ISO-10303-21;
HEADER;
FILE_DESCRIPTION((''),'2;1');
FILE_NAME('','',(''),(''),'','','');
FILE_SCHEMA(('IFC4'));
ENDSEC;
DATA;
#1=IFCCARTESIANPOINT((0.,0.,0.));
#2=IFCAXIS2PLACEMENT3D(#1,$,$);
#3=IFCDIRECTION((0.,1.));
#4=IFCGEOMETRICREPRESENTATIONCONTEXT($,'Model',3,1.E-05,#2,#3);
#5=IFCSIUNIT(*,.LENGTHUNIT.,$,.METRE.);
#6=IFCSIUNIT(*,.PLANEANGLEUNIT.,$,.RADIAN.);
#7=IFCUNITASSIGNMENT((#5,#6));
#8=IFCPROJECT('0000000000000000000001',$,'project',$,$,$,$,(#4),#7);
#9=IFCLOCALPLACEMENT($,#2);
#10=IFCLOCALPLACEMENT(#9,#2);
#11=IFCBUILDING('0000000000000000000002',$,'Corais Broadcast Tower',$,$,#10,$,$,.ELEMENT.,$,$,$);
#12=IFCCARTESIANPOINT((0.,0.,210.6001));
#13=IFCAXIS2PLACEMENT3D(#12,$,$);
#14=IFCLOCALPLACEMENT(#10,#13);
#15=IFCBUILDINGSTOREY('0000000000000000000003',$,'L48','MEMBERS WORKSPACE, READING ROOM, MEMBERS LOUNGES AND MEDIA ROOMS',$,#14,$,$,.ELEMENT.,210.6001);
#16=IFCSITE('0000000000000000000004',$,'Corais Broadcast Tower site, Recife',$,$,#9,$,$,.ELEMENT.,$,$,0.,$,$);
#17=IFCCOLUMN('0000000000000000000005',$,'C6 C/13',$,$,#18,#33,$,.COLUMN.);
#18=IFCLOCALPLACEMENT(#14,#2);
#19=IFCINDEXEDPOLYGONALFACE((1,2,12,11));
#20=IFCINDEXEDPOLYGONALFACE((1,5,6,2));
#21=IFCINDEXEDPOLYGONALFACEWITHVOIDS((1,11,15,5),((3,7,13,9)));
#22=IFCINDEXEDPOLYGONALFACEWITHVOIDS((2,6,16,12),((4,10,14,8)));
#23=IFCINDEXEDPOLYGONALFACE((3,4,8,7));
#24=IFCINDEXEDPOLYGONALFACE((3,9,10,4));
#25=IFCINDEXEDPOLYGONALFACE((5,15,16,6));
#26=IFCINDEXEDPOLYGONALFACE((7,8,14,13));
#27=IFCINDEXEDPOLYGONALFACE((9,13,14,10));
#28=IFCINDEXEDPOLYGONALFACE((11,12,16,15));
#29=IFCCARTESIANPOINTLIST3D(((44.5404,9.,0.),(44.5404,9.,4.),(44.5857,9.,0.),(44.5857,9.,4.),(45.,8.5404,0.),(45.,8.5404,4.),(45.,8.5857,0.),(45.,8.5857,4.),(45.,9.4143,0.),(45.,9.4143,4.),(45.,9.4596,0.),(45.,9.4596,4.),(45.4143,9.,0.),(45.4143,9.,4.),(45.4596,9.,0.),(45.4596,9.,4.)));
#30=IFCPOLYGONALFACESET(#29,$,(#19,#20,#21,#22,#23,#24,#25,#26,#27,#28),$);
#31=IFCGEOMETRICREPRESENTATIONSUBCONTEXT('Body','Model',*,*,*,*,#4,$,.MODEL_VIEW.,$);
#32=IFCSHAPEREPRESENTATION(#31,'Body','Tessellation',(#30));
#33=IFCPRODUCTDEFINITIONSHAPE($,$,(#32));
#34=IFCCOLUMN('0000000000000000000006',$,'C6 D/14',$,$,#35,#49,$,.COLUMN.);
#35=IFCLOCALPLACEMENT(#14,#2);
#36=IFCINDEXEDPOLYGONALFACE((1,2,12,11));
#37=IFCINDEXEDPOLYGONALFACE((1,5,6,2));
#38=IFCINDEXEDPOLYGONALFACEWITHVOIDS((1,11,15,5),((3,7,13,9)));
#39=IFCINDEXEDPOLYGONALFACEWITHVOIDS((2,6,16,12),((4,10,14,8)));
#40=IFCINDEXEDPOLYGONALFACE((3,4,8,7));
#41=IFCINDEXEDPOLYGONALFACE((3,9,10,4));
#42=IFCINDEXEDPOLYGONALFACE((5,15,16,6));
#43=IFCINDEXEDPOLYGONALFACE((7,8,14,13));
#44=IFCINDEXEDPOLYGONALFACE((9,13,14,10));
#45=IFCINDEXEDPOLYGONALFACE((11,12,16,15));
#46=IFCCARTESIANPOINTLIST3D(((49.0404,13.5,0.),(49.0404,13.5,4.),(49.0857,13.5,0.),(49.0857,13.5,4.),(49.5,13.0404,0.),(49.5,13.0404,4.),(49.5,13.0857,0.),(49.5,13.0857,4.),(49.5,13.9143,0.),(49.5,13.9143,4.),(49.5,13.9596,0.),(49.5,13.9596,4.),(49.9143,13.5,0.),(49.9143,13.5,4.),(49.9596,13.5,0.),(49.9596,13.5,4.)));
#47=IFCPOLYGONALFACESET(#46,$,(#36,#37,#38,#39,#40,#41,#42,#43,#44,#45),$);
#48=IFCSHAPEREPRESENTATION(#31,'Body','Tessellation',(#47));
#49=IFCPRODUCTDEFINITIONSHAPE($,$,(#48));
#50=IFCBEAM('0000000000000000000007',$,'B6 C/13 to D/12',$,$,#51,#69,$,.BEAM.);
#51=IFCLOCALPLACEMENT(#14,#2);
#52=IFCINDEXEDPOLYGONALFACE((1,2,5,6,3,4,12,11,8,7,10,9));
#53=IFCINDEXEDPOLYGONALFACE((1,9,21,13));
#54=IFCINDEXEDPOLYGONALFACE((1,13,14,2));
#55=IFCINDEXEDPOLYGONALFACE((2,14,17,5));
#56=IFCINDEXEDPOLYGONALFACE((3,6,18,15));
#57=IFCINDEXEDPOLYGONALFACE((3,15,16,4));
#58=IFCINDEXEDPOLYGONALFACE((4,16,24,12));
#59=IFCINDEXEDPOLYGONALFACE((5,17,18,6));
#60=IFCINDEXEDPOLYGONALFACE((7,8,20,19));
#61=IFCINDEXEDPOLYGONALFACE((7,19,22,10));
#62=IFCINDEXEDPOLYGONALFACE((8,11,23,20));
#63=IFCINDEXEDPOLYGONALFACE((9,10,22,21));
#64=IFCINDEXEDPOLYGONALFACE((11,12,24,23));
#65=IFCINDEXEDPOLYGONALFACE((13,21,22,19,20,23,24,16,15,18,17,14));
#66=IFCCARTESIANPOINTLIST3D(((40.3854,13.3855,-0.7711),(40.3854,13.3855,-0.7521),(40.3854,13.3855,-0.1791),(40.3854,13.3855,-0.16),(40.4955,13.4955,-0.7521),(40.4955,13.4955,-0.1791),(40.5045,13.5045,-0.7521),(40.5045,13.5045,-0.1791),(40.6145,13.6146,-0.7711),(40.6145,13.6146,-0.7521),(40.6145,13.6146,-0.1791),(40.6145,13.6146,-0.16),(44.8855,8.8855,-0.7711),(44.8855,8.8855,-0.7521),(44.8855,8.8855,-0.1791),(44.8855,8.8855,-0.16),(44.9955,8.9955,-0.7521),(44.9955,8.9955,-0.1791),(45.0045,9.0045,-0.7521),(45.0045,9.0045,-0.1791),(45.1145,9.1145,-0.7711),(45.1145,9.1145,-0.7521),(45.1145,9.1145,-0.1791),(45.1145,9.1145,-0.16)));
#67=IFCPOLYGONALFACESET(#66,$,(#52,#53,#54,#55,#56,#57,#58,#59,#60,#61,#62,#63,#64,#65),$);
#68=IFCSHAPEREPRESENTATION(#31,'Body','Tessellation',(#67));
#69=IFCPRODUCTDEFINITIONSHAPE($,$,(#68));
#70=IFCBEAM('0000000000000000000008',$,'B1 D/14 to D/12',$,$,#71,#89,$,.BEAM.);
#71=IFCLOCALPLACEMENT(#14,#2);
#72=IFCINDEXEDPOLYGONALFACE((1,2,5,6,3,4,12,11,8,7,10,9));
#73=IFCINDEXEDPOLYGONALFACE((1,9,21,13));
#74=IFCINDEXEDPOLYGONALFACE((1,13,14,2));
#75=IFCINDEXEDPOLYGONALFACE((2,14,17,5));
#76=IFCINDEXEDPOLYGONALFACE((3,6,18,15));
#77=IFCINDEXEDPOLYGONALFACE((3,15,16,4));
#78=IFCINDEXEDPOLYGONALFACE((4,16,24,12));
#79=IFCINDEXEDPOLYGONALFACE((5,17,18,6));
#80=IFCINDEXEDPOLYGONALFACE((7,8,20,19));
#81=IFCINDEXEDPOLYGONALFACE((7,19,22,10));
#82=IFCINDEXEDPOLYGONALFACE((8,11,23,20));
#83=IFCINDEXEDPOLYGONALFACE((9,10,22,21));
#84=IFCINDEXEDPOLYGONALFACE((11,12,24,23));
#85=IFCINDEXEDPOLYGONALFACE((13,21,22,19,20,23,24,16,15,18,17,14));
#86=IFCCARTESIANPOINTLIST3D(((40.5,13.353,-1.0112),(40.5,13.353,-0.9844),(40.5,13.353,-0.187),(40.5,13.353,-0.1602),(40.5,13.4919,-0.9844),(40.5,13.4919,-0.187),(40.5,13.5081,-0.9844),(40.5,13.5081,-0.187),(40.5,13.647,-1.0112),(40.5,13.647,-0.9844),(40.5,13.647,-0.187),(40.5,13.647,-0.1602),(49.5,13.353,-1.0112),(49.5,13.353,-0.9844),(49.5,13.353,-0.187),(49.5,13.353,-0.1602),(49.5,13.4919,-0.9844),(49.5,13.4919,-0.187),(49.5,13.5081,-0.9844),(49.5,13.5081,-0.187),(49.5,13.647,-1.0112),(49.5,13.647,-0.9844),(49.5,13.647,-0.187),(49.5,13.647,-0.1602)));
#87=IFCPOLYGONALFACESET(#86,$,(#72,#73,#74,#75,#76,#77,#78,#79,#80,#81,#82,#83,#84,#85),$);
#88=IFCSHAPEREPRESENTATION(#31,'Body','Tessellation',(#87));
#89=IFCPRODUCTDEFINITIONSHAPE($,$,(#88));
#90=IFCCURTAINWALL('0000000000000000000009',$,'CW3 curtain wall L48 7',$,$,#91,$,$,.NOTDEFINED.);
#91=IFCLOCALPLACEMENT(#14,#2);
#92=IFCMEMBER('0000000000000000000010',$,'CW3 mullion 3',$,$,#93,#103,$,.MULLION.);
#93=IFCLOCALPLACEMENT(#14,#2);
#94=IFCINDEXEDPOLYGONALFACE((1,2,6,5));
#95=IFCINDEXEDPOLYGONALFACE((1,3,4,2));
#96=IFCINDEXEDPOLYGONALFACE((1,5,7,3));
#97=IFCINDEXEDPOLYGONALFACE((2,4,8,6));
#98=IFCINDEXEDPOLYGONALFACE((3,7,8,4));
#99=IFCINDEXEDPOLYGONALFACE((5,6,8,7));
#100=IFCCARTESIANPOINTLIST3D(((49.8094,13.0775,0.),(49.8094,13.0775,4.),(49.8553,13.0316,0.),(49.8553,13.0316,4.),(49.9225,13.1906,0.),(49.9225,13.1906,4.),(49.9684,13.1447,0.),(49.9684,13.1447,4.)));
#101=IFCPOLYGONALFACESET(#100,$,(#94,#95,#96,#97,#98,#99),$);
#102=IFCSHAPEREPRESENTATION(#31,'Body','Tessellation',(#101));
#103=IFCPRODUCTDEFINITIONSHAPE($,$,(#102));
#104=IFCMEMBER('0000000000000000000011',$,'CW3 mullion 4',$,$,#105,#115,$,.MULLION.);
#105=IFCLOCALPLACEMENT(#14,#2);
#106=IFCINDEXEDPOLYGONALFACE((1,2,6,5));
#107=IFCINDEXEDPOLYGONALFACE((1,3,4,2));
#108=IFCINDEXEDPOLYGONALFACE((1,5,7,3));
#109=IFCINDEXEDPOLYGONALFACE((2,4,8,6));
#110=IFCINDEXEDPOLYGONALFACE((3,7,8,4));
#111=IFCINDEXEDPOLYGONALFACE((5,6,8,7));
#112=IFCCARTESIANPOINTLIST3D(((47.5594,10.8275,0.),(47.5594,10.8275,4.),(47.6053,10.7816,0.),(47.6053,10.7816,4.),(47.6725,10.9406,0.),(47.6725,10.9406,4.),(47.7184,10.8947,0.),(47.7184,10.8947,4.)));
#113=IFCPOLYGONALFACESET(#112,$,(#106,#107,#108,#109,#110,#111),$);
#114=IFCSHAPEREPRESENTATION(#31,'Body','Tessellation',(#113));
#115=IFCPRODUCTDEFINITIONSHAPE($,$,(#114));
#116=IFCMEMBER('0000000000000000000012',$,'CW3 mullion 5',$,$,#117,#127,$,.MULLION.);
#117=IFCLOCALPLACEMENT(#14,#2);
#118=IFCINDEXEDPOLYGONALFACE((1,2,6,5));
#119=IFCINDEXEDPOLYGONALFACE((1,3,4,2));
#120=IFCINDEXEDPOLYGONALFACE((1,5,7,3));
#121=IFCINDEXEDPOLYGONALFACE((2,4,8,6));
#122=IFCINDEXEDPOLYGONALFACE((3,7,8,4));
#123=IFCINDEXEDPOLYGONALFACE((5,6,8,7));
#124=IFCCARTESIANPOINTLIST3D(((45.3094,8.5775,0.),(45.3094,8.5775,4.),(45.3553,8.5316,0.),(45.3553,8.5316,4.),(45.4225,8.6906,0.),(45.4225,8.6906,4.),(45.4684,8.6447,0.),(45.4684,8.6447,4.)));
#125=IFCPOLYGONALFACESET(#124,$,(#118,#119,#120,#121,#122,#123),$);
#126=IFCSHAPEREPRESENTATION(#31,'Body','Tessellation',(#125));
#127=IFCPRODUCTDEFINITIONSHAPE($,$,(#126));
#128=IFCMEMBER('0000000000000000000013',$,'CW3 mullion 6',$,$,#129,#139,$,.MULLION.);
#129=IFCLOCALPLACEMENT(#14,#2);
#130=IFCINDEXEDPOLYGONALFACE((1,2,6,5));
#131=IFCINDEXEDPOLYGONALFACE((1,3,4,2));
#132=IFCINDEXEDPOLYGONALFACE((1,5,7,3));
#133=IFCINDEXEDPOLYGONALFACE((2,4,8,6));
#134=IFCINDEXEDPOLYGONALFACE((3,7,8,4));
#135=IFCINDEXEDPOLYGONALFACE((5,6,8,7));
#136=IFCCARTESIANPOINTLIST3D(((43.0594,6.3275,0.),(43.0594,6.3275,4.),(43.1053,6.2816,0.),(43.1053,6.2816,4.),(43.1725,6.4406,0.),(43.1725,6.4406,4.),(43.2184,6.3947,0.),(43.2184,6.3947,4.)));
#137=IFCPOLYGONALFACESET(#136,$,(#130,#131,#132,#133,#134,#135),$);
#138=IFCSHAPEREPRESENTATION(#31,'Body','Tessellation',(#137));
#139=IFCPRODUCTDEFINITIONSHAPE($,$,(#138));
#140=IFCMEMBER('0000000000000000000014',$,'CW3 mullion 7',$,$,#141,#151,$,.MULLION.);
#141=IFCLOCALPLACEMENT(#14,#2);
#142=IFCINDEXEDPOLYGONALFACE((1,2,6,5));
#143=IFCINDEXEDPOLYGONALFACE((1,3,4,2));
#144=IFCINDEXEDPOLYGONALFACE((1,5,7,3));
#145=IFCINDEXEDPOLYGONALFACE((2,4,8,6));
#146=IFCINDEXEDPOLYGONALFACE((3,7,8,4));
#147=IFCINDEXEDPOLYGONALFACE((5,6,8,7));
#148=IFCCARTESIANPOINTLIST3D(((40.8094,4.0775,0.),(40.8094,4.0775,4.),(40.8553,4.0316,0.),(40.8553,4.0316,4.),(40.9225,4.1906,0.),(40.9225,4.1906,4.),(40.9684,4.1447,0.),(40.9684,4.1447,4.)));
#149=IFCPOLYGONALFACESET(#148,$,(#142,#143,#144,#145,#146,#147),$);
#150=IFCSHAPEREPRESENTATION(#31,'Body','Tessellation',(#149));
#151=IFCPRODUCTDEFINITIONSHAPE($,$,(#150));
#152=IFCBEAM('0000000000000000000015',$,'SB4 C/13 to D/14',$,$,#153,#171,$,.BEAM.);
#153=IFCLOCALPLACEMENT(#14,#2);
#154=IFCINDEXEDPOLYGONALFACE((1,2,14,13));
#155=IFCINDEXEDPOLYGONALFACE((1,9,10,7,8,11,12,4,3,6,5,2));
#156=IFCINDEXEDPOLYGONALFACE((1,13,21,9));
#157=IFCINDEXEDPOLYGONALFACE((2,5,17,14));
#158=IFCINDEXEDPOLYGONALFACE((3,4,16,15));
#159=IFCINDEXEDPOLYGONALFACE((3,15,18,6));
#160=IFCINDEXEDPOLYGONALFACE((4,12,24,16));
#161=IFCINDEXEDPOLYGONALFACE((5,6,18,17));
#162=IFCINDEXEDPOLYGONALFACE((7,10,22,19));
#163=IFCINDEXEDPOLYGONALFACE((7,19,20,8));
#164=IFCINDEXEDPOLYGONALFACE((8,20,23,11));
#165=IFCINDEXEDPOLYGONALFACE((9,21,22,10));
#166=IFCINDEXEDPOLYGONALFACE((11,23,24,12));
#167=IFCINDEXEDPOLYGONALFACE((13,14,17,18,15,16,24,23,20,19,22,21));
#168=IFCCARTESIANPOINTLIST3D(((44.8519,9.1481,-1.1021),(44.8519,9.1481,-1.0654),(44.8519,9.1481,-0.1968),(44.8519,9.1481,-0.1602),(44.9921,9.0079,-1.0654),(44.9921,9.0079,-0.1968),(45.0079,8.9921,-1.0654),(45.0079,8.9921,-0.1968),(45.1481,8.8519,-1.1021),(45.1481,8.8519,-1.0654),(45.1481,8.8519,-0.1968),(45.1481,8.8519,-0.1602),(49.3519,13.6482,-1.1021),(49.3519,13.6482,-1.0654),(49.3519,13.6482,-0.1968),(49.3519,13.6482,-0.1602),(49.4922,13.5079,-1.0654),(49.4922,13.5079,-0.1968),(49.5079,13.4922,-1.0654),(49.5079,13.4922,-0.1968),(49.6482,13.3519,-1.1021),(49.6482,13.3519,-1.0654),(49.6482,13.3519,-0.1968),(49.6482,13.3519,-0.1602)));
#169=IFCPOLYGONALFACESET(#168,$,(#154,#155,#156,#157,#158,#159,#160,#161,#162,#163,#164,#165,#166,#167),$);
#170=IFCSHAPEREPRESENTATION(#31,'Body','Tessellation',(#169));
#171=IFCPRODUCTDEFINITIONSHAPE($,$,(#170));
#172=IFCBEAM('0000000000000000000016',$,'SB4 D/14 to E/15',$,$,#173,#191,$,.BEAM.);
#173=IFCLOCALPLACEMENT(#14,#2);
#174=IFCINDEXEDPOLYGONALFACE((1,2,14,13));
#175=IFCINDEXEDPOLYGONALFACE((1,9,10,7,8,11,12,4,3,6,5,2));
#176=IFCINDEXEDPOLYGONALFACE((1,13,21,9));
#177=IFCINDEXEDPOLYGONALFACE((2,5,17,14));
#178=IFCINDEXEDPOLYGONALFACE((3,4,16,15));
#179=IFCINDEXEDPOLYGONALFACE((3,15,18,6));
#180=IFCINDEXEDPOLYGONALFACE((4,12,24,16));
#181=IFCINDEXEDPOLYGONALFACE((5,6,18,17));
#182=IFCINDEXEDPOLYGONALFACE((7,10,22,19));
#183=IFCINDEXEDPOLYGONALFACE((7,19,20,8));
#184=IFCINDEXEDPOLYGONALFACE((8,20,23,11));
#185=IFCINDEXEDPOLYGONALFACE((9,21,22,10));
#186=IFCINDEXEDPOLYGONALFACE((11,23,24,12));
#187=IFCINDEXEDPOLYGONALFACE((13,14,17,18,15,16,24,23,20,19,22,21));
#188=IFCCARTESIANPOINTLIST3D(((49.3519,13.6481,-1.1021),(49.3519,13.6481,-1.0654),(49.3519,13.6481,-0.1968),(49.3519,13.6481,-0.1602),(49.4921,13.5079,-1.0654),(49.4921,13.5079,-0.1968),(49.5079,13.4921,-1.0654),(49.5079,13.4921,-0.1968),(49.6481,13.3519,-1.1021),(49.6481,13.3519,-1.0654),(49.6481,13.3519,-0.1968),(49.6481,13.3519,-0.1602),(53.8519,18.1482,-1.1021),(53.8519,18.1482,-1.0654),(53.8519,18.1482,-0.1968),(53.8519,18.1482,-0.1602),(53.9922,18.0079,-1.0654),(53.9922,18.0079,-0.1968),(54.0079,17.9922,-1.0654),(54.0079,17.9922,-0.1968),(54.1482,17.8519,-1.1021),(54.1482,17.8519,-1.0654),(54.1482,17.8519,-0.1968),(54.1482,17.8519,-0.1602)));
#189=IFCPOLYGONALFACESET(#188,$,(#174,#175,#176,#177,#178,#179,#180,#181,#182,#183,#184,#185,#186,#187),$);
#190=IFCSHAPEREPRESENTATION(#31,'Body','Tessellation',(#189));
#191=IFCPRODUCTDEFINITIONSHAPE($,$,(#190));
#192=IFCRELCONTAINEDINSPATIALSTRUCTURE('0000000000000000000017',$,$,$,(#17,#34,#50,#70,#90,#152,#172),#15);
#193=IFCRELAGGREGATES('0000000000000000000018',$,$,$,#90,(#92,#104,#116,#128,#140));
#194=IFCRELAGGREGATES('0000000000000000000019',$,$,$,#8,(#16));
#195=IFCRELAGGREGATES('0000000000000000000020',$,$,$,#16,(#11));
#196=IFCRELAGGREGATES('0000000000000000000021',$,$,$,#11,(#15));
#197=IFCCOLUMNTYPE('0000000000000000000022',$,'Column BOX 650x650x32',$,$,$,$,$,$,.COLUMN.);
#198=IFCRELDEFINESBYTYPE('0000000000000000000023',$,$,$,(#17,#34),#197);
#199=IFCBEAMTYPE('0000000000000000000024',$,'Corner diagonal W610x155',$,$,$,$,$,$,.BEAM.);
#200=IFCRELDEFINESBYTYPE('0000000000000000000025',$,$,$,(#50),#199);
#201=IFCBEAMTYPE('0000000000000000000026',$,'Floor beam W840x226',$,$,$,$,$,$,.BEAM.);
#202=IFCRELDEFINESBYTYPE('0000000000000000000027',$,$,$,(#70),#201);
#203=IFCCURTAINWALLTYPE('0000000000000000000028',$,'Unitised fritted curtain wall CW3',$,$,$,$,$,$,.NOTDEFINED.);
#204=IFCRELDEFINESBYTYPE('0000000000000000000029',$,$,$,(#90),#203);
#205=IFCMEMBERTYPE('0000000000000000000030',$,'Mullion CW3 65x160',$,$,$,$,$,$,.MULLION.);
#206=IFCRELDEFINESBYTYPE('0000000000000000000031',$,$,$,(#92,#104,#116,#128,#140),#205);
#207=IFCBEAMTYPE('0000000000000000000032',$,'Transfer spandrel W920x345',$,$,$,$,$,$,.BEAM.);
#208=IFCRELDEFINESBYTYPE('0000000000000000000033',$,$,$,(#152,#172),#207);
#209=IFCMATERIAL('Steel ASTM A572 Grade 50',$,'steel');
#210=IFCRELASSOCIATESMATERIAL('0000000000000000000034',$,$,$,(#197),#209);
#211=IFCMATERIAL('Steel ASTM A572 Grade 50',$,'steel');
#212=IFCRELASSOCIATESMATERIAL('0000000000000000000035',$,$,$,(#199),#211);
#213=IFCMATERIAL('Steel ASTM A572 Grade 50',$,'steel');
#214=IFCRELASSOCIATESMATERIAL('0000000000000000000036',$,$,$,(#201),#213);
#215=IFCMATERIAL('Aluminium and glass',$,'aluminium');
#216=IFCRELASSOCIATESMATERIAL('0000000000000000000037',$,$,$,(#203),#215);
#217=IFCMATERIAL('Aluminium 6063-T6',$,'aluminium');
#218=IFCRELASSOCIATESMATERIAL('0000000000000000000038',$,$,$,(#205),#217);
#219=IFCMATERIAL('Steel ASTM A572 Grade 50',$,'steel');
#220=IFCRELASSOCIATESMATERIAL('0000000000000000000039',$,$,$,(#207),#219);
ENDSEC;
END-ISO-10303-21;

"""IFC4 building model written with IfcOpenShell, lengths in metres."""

from ifc_helpers import new_model, si_unit, direction, frame, origin, origin_2d, place, context, subcontext, project, spatial, rectangle, hollow_rectangle, i_section, extrude, material, material_profile, profile_set, type_object, element, aggregate, save


model = new_model("IFC4")

# Units and contexts
model_context = context("Model", 3, precision=1e-05, world=origin(), true_north=direction((0.0, 1.0)))
body_context = subcontext(model_context, "Body", "Model", "MODEL_VIEW")
ifc_project = project(units=[si_unit("LENGTHUNIT", "METRE"), si_unit("PLANEANGLEUNIT", "RADIAN")], contexts=[model_context])

# Site, building, storey
site_placement = place(None, origin())
site = spatial("IfcSite", under=ifc_project, at=site_placement, Name="Corais Broadcast Tower site, Recife", CompositionType="ELEMENT", RefElevation=0.0)
building_placement = place(site_placement, origin())
building = spatial("IfcBuilding", under=site, at=building_placement, Name="Corais Broadcast Tower", CompositionType="ELEMENT")
storey_placement = place(building_placement, frame((0.0, 0.0, 210.6001)))
storey = spatial("IfcBuildingStorey", under=building, at=storey_placement, Name="L48", Description="MEMBERS WORKSPACE, READING ROOM, MEMBERS LOUNGES AND MEDIA ROOMS", CompositionType="ELEMENT", Elevation=210.6001)

# Columns
ifc_material_1 = material(Name="Steel ASTM A572 Grade 50", Category="steel")
ifc_material_profile_1 = material_profile(ifc_material_1, hollow_rectangle(XDim=0.6499, YDim=0.6499, WallThickness=0.032, at=origin_2d()), Name="BOX 650x650x32")
ifc_profile_set_1 = profile_set([ifc_material_profile_1], Name="Steel ASTM A572 Grade 50")
column_type = type_object("IfcColumnType", Name="Column BOX 650x650x32", PredefinedType="COLUMN", material=ifc_profile_set_1)
for number, where, z_axis, x_axis, name in (
    (1, (45.0, 9.0, 0.0), (0.0, 0.0, 1.0), (0.707107, 0.707107, 0.0), "C6 C/13"),
    (2, (49.5, 13.5, 0.0), (0.0, 0.0, 1.0), (0.707107, 0.707107, 0.0), "C6 D/14"),
):
    element("IfcColumn", number, at=place(storey_placement, frame(where, z_axis=z_axis, x_axis=x_axis)), inside=storey, type_object=column_type, Name=name, PredefinedType="COLUMN", context=body_context, shape_type="SweptSolid", body=[
        extrude(hollow_rectangle(XDim=0.6499, YDim=0.6499, WallThickness=0.032, at=origin_2d()), origin(), (0.0, 0.0, 1.0), 4.0),
    ])

# Beams
ifc_material_2 = material(Name="Steel ASTM A572 Grade 50", Category="steel")
ifc_material_profile_2 = material_profile(ifc_material_2, i_section(OverallWidth=0.324, OverallDepth=0.6111, WebThickness=0.0127, FlangeThickness=0.019, at=origin_2d()), Name="W610x155")
ifc_profile_set_2 = profile_set([ifc_material_profile_2], Name="Steel ASTM A572 Grade 50")
beam_type_1 = type_object("IfcBeamType", Name="Corner diagonal W610x155", PredefinedType="BEAM", material=ifc_profile_set_2)
beam_1_placement = place(storey_placement, frame((45.0, 9.0, -0.4656), z_axis=(-0.707107, 0.707107, 0.0), x_axis=(-0.707107, -0.707107, 0.0)))
element("IfcBeam", 3, at=beam_1_placement, inside=storey, type_object=beam_type_1, Name="B6 C/13 to D/12", PredefinedType="BEAM", context=body_context, shape_type="SweptSolid", body=[
    extrude(i_section(OverallWidth=0.324, OverallDepth=0.6111, WebThickness=0.0127, FlangeThickness=0.019, at=origin_2d()), origin(), (0.0, 0.0, 1.0), 6.364),
])
ifc_material_3 = material(Name="Steel ASTM A572 Grade 50", Category="steel")
ifc_material_profile_3 = material_profile(ifc_material_3, i_section(OverallWidth=0.2939, OverallDepth=0.8511, WebThickness=0.0161, FlangeThickness=0.0269, at=origin_2d()), Name="W840x226")
ifc_profile_set_3 = profile_set([ifc_material_profile_3], Name="Steel ASTM A572 Grade 50")
beam_type_2 = type_object("IfcBeamType", Name="Floor beam W840x226", PredefinedType="BEAM", material=ifc_profile_set_3)
beam_2_placement = place(storey_placement, frame((49.5, 13.5, -0.5857), z_axis=(-1.0, 0.0, 0.0), x_axis=(0.0, -1.0, 0.0)))
element("IfcBeam", 4, at=beam_2_placement, inside=storey, type_object=beam_type_2, Name="B1 D/14 to D/12", PredefinedType="BEAM", context=body_context, shape_type="SweptSolid", body=[
    extrude(i_section(OverallWidth=0.2939, OverallDepth=0.8511, WebThickness=0.0161, FlangeThickness=0.0269, at=origin_2d()), origin(), (0.0, 0.0, 1.0), 9.0),
])

# Curtain wall, members
ifc_material_4 = material(Name="Aluminium and glass", Category="aluminium")
curtain_wall_type = type_object("IfcCurtainWallType", Name="Unitised fritted curtain wall CW3", PredefinedType="NOTDEFINED", material=ifc_material_4)
curtain_wall_placement = place(storey_placement, origin())
curtain_wall = element("IfcCurtainWall", 5, at=curtain_wall_placement, inside=storey, type_object=curtain_wall_type, Name="CW3 curtain wall L48 7", PredefinedType="NOTDEFINED")
ifc_material_5 = material(Name="Aluminium 6063-T6", Category="aluminium")
ifc_material_profile_4 = material_profile(ifc_material_5, rectangle(XDim=0.0649, YDim=0.1599, at=origin_2d()), Name="Mullion CW3 65x160")
ifc_profile_set_4 = profile_set([ifc_material_profile_4], Name="Aluminium 6063-T6")
member_type_1 = type_object("IfcMemberType", Name="Mullion CW3 65x160", PredefinedType="MULLION", material=ifc_profile_set_4)
member_1_placement = place(storey_placement, frame((49.8889, 13.1111, 0.0), z_axis=(0.0, 0.0, 1.0), x_axis=(0.707107, -0.707107, 0.0)))
member_1 = element("IfcMember", 6, at=member_1_placement, type_object=member_type_1, Name="CW3 mullion 3", PredefinedType="MULLION", context=body_context, shape_type="SweptSolid", body=[
    extrude(rectangle(XDim=0.0649, YDim=0.1599, at=origin_2d()), origin(), (0.0, 0.0, 1.0), 4.0),
])
member_2_placement = place(storey_placement, frame((47.6389, 10.8611, 0.0), z_axis=(0.0, 0.0, 1.0), x_axis=(0.707107, -0.707107, 0.0)))
member_2 = element("IfcMember", 7, at=member_2_placement, type_object=member_type_1, Name="CW3 mullion 4", PredefinedType="MULLION", context=body_context, shape_type="SweptSolid", body=[
    extrude(rectangle(XDim=0.0649, YDim=0.1599, at=origin_2d()), origin(), (0.0, 0.0, 1.0), 4.0),
])
member_3_placement = place(storey_placement, frame((45.3889, 8.6111, 0.0), z_axis=(0.0, 0.0, 1.0), x_axis=(0.707107, -0.707107, 0.0)))
member_3 = element("IfcMember", 8, at=member_3_placement, type_object=member_type_1, Name="CW3 mullion 5", PredefinedType="MULLION", context=body_context, shape_type="SweptSolid", body=[
    extrude(rectangle(XDim=0.0649, YDim=0.1599, at=origin_2d()), origin(), (0.0, 0.0, 1.0), 4.0),
])
member_4_placement = place(storey_placement, frame((43.1389, 6.3611, 0.0), z_axis=(0.0, 0.0, 1.0), x_axis=(0.707107, -0.707107, 0.0)))
member_4 = element("IfcMember", 9, at=member_4_placement, type_object=member_type_1, Name="CW3 mullion 6", PredefinedType="MULLION", context=body_context, shape_type="SweptSolid", body=[
    extrude(rectangle(XDim=0.0649, YDim=0.1599, at=origin_2d()), origin(), (0.0, 0.0, 1.0), 4.0),
])
member_5_placement = place(storey_placement, frame((40.8889, 4.1111, 0.0), z_axis=(0.0, 0.0, 1.0), x_axis=(0.707107, -0.707107, 0.0)))
member_5 = element("IfcMember", 10, at=member_5_placement, type_object=member_type_1, Name="CW3 mullion 7", PredefinedType="MULLION", context=body_context, shape_type="SweptSolid", body=[
    extrude(rectangle(XDim=0.0649, YDim=0.1599, at=origin_2d()), origin(), (0.0, 0.0, 1.0), 4.0),
])

# Beams
ifc_material_6 = material(Name="Steel ASTM A572 Grade 50", Category="steel")
ifc_material_profile_5 = material_profile(ifc_material_6, i_section(OverallWidth=0.4189, OverallDepth=0.9419, WebThickness=0.0222, FlangeThickness=0.0366, at=origin_2d()), Name="W920x345")
ifc_profile_set_5 = profile_set([ifc_material_profile_5], Name="Steel ASTM A572 Grade 50")
beam_type_3 = type_object("IfcBeamType", Name="Transfer spandrel W920x345", PredefinedType="BEAM", material=ifc_profile_set_5)
for number, where, z_axis, x_axis, name in (
    (11, (45.0, 9.0, -0.6311), (0.707107, 0.707107, 0.0), (-0.707107, 0.707107, 0.0), "SB4 C/13 to D/14"),
    (12, (49.5, 13.5, -0.6311), (0.707107, 0.707107, 0.0), (-0.707107, 0.707107, 0.0), "SB4 D/14 to E/15"),
):
    element("IfcBeam", number, at=place(storey_placement, frame(where, z_axis=z_axis, x_axis=x_axis)), inside=storey, type_object=beam_type_3, Name=name, PredefinedType="BEAM", context=body_context, shape_type="SweptSolid", body=[
        extrude(i_section(OverallWidth=0.4189, OverallDepth=0.9419, WebThickness=0.0222, FlangeThickness=0.0366, at=origin_2d()), origin(), (0.0, 0.0, 1.0), 6.364),
    ])

aggregate(curtain_wall, [member_1, member_2, member_3, member_4, member_5])

save(model, "model.ifc")
